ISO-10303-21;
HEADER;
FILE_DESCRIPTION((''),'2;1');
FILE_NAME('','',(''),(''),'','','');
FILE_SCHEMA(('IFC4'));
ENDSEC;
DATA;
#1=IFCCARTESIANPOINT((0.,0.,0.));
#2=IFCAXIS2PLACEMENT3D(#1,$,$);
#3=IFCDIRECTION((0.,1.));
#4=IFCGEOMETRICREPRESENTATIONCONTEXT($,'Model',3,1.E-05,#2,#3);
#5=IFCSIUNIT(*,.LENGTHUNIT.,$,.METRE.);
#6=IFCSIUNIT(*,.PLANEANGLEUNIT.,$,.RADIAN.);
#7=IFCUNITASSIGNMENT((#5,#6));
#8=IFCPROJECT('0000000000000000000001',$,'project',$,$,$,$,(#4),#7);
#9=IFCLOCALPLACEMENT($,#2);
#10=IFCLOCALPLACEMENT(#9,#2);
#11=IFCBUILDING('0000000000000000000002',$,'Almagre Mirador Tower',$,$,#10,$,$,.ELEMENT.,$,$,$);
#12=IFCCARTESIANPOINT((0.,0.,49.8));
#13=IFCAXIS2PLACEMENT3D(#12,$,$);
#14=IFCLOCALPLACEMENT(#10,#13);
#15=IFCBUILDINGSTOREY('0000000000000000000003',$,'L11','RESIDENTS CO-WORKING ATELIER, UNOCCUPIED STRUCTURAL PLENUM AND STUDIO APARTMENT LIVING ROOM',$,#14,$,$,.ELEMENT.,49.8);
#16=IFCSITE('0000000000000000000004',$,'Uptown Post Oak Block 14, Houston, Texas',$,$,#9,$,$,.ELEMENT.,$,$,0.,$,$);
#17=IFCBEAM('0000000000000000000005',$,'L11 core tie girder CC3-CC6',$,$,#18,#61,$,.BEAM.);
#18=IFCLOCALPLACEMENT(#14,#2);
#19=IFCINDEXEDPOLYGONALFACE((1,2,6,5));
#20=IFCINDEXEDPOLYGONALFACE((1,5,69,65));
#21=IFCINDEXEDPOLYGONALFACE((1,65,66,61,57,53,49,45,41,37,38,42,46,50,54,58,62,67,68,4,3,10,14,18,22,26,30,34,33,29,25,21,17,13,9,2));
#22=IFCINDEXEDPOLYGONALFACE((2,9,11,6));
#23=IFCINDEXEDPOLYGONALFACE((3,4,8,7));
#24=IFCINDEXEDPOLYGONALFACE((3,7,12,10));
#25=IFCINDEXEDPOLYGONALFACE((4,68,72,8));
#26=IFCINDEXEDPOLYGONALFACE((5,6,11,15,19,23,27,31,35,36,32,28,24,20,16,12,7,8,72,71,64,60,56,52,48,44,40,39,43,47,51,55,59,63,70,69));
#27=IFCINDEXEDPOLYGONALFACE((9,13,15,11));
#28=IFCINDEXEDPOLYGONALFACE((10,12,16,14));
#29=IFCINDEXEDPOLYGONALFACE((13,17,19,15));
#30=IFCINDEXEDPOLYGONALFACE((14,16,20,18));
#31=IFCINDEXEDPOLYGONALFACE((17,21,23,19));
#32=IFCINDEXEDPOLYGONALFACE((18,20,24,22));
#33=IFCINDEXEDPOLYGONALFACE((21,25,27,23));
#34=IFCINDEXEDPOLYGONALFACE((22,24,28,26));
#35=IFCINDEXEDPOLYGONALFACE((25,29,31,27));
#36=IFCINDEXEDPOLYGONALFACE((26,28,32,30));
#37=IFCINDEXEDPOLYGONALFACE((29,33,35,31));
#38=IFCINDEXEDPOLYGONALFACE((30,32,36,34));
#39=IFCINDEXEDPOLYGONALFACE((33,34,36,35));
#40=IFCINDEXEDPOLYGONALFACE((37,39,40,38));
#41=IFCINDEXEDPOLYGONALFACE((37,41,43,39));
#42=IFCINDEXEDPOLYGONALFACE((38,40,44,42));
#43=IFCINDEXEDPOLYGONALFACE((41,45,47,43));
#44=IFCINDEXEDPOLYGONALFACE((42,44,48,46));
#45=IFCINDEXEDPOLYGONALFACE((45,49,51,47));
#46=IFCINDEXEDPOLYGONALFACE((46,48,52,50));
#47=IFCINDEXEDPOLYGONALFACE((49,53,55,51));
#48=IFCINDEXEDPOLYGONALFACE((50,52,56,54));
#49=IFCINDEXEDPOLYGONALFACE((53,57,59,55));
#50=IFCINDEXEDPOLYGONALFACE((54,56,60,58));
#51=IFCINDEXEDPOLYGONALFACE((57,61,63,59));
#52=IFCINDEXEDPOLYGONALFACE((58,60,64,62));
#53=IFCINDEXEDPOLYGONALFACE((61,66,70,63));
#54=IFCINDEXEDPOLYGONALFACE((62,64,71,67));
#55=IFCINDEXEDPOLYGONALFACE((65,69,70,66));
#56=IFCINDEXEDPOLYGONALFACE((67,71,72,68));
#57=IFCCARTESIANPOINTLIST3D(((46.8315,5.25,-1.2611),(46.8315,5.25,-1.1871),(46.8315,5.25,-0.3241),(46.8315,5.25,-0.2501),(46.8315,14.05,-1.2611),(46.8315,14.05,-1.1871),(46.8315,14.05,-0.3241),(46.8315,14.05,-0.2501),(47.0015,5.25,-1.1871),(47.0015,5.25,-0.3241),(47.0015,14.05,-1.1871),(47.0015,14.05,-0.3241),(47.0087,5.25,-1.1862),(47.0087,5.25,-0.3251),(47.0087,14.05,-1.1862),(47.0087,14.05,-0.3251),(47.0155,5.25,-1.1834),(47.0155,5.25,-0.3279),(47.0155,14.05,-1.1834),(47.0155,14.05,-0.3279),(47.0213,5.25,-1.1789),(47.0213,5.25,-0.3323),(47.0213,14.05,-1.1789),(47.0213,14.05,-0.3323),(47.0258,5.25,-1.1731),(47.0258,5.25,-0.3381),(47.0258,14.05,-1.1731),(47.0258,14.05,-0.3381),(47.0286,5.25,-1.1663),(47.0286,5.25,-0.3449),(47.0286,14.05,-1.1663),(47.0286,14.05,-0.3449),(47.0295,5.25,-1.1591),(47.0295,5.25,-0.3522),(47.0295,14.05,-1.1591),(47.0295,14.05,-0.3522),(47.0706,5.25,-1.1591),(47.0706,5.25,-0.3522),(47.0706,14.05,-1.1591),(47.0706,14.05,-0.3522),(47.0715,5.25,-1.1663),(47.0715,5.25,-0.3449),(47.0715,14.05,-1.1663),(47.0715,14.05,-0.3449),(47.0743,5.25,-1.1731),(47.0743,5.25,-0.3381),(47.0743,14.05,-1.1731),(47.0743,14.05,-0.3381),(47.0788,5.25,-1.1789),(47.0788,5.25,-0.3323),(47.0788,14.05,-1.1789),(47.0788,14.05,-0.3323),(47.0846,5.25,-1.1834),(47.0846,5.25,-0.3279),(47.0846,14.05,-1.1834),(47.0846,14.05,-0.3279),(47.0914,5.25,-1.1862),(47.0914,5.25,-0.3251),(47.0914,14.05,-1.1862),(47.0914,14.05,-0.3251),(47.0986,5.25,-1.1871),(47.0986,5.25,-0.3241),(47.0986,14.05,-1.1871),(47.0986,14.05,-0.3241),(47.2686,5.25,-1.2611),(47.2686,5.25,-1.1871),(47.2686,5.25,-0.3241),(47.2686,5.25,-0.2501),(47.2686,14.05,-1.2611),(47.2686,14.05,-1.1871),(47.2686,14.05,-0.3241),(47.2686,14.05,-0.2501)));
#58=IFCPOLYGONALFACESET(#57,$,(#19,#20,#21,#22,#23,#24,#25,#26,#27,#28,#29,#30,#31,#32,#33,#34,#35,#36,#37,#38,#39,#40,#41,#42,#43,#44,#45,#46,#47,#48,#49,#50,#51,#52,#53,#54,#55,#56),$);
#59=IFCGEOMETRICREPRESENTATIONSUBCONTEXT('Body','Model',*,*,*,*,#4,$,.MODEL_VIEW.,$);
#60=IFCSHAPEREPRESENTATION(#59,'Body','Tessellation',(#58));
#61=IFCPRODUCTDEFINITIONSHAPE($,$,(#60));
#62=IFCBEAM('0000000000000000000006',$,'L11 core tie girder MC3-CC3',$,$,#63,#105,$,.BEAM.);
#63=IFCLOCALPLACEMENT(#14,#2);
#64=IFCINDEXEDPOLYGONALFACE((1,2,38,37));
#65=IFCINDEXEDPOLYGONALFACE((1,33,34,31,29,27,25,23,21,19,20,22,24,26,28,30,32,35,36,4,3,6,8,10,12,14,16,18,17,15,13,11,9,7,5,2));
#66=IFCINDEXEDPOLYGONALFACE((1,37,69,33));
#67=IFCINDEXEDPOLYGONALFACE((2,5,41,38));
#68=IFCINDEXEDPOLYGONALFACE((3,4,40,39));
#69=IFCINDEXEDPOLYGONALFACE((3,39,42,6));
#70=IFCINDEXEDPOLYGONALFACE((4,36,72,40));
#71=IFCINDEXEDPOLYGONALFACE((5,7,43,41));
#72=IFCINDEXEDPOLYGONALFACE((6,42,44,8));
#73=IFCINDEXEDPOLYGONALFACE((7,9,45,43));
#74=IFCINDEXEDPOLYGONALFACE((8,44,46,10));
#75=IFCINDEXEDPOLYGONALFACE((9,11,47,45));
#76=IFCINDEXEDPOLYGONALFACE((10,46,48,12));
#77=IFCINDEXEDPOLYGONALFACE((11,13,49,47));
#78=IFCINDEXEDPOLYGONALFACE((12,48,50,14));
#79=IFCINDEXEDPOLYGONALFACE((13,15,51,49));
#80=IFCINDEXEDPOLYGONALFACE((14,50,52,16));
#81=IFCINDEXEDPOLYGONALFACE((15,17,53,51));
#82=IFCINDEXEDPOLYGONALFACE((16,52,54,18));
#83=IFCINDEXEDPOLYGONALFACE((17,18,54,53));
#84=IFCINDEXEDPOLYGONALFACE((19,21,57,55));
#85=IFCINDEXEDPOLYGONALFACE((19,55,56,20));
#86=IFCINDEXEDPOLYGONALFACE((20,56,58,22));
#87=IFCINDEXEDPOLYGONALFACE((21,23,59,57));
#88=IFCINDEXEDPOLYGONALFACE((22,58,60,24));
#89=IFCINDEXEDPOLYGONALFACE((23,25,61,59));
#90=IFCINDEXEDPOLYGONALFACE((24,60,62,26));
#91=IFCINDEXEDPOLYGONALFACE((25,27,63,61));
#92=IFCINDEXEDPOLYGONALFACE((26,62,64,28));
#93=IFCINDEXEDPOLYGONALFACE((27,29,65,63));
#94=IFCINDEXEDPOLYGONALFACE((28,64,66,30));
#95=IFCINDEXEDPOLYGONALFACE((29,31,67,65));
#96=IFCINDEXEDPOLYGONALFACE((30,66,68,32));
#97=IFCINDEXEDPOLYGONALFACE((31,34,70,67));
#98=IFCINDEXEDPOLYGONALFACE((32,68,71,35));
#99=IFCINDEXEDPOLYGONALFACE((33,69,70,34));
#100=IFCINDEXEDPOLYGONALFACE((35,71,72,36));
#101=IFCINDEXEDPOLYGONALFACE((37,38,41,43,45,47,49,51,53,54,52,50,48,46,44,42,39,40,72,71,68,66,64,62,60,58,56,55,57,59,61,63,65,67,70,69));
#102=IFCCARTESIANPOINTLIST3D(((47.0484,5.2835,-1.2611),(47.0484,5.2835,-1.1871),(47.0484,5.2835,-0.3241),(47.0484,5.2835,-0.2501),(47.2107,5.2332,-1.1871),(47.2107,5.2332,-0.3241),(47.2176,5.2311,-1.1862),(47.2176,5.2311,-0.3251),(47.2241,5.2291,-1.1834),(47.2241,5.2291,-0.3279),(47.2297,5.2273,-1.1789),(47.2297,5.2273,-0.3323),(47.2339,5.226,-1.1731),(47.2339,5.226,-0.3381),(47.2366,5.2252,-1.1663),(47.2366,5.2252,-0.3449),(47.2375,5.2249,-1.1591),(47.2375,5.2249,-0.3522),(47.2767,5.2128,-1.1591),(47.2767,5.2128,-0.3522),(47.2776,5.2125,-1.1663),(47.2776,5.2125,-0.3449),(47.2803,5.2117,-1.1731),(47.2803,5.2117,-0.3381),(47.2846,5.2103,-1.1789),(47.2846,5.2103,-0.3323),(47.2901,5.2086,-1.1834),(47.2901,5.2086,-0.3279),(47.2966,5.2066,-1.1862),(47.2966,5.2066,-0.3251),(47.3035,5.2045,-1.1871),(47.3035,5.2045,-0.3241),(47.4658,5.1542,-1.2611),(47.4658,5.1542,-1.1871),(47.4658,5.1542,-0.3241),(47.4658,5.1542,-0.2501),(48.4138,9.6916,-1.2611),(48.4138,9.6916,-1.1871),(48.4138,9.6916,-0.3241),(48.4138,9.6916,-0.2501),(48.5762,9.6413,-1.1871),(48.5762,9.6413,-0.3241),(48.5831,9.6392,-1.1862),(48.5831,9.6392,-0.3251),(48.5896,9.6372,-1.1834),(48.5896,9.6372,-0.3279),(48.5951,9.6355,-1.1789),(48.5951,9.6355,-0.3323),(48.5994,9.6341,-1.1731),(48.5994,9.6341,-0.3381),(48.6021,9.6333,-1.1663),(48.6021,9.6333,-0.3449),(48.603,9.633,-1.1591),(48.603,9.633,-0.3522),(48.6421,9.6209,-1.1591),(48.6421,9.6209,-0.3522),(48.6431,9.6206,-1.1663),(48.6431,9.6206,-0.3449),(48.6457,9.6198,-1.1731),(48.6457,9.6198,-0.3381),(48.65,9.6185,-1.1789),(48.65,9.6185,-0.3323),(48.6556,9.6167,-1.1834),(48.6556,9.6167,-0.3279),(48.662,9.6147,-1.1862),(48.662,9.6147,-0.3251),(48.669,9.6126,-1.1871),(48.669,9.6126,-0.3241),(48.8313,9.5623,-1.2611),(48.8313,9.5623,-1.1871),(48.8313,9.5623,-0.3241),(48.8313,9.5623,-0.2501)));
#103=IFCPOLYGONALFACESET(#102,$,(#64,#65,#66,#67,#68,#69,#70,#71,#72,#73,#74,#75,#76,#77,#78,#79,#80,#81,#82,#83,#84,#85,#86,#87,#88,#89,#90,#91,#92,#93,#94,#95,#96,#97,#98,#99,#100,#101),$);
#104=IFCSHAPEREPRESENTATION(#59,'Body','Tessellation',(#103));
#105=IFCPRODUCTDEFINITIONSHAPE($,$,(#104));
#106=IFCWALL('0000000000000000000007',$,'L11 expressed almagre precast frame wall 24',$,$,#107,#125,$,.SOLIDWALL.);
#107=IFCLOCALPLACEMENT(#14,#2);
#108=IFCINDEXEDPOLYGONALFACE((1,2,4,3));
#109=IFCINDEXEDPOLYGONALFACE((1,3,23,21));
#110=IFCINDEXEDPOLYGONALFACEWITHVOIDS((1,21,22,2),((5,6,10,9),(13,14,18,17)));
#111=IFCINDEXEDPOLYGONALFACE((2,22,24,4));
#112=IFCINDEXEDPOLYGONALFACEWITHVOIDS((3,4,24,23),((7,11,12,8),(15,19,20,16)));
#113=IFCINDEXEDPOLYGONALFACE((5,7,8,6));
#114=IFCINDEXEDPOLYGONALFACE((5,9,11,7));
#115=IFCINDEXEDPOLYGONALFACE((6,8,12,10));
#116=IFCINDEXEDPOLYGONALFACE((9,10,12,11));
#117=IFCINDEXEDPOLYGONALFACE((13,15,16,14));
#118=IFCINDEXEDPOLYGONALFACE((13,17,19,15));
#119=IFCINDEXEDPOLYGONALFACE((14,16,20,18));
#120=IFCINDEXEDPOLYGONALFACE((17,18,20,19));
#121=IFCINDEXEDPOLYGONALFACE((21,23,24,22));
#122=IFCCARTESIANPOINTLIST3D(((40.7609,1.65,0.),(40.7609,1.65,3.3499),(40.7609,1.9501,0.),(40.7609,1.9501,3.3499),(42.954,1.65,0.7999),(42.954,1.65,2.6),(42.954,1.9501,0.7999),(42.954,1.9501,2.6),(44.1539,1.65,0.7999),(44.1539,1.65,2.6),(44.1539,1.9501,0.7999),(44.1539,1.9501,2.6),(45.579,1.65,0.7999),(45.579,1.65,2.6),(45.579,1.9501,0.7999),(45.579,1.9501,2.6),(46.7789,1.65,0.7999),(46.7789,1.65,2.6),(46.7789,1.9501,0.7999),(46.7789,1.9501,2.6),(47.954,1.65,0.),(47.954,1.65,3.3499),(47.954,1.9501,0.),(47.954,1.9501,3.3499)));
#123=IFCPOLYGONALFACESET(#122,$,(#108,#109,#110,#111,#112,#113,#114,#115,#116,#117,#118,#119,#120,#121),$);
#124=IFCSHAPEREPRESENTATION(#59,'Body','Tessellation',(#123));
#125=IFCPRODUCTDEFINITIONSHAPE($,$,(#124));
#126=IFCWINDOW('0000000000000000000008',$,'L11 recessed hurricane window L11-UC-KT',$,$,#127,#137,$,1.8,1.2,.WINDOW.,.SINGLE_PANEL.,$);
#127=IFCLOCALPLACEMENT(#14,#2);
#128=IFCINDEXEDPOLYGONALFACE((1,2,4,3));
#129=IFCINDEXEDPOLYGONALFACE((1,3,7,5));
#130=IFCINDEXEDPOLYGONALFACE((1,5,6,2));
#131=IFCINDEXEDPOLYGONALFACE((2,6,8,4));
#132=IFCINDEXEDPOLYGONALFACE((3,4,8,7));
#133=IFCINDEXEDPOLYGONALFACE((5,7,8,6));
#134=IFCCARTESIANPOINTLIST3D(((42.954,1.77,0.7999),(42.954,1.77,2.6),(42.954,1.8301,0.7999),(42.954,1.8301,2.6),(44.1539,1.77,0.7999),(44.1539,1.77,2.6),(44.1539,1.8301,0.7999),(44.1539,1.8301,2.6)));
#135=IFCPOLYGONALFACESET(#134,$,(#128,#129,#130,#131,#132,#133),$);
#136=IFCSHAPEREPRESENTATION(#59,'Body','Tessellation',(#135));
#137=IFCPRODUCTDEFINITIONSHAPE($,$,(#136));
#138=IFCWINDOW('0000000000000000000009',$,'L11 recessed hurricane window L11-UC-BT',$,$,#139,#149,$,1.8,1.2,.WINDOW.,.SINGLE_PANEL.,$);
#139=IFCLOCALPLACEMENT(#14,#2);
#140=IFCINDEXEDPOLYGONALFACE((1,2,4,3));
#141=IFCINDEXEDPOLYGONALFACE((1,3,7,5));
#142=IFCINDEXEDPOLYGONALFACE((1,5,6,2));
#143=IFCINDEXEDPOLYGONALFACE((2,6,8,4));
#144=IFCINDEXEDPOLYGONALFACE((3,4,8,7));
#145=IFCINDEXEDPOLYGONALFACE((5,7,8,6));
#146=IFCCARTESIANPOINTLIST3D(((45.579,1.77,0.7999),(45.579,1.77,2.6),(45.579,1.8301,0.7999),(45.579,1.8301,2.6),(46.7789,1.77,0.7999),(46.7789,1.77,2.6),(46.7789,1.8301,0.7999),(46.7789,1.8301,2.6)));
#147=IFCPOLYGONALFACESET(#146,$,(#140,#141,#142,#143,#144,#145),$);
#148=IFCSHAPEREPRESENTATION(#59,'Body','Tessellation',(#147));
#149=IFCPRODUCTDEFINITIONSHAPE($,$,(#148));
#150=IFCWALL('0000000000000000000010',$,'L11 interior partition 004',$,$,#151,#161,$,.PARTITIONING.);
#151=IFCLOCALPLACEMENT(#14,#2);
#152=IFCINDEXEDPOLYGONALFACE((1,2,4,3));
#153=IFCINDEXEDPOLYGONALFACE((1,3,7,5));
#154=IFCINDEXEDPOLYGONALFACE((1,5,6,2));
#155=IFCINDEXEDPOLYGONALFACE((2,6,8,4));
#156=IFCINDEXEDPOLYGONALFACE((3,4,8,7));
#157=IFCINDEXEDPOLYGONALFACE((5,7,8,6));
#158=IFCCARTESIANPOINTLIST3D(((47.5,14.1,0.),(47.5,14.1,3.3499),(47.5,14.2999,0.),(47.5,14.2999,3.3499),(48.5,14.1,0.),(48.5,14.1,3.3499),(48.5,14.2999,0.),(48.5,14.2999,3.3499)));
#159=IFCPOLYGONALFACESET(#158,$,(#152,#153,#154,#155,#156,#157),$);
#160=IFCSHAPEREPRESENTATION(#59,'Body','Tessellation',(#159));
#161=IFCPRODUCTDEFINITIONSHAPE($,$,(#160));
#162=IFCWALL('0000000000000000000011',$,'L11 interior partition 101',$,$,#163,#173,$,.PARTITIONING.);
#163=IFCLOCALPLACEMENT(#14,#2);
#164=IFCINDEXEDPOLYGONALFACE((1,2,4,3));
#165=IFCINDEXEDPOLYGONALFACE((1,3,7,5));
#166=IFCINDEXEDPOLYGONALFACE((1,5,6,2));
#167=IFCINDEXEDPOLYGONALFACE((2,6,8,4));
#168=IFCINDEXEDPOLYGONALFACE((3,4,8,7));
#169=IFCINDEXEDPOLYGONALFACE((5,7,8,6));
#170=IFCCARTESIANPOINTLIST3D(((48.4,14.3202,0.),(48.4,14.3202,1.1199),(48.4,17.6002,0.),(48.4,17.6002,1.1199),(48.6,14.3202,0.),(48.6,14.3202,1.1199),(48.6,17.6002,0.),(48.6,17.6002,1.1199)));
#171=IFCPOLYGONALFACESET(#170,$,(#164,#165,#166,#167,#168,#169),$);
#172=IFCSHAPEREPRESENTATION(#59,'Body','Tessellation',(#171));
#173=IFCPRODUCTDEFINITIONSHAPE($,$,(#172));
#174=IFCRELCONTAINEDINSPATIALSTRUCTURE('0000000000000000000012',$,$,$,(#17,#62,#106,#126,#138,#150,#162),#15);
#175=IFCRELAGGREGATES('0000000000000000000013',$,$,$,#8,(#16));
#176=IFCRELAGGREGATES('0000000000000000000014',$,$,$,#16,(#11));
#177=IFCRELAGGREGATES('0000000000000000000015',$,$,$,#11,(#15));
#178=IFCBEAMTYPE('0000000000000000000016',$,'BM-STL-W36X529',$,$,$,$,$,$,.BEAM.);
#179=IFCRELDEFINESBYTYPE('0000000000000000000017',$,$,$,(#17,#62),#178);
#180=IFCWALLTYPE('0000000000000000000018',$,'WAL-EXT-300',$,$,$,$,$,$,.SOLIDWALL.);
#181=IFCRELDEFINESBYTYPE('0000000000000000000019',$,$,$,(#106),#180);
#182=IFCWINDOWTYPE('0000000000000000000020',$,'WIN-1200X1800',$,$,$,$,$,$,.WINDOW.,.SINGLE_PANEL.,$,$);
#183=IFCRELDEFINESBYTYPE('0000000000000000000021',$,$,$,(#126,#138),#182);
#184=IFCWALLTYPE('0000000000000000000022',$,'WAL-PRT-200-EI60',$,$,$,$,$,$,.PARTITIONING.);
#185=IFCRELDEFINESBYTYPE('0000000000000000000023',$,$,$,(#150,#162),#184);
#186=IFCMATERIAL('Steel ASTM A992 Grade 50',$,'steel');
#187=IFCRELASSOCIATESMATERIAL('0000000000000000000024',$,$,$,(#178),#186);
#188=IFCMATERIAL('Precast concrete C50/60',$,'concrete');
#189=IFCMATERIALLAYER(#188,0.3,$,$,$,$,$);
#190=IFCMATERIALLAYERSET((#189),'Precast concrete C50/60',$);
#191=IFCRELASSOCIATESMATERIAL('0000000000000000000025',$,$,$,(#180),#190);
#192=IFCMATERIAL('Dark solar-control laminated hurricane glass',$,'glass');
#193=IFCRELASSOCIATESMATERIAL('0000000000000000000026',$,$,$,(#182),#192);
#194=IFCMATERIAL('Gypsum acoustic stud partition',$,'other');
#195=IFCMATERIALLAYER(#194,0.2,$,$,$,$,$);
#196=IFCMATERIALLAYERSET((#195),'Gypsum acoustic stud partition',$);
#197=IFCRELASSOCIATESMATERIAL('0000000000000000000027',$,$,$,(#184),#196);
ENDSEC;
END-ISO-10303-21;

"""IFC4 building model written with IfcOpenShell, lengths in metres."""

from ifc_helpers import new_model, si_unit, direction, frame, frame_2d, origin, origin_2d, place, context, subcontext, project, spatial, rectangle, i_section, extrude, material, layer, layer_set, material_profile, profile_set, type_object, element, fill, save


model = new_model("IFC4")

# Units and contexts
model_context = context("Model", 3, precision=1e-05, world=origin(), true_north=direction((0.0, 1.0)))
body_context = subcontext(model_context, "Body", "Model", "MODEL_VIEW")
ifc_project = project(units=[si_unit("LENGTHUNIT", "METRE"), si_unit("PLANEANGLEUNIT", "RADIAN")], contexts=[model_context])

# Site, building, storey
site_placement = place(None, origin())
site = spatial("IfcSite", under=ifc_project, at=site_placement, Name="Uptown Post Oak Block 14, Houston, Texas", CompositionType="ELEMENT", RefElevation=0.0)
building_placement = place(site_placement, origin())
building = spatial("IfcBuilding", under=site, at=building_placement, Name="Almagre Mirador Tower", CompositionType="ELEMENT")
storey_placement = place(building_placement, frame((0.0, 0.0, 49.8)))
storey = spatial("IfcBuildingStorey", under=building, at=storey_placement, Name="L11", Description="RESIDENTS CO-WORKING ATELIER, UNOCCUPIED STRUCTURAL PLENUM AND STUDIO APARTMENT LIVING ROOM", CompositionType="ELEMENT", Elevation=49.8)

# Beams
ifc_material_1 = material(Name="Steel ASTM A992 Grade 50", Category="steel")
ifc_material_profile_1 = material_profile(ifc_material_1, i_section(OverallWidth=0.437, OverallDepth=1.011, WebThickness=0.041, FlangeThickness=0.074, FilletRadius=0.0281, at=origin_2d()), Name="W36X529")
ifc_profile_set_1 = profile_set([ifc_material_profile_1], Name="Steel ASTM A992 Grade 50")
beam_type_1 = type_object("IfcBeamType", Name="BM-STL-W36X529", PredefinedType="BEAM", material=ifc_profile_set_1)
beam_1_placement = place(storey_placement, frame((47.05, 5.25, -0.7556), z_axis=(0.0, 1.0, 0.0), x_axis=(-1.0, 0.0, 0.0)))
element("IfcBeam", 1, at=beam_1_placement, inside=storey, type_object=beam_type_1, Name="L11 core tie girder CC3-CC6", PredefinedType="BEAM", context=body_context, shape_type="SweptSolid", body=[
    extrude(i_section(OverallWidth=0.437, OverallDepth=1.011, WebThickness=0.041, FlangeThickness=0.074, FilletRadius=0.0281, at=origin_2d()), origin(), (0.0, 0.0, 1.0), 8.8),
])
beam_2_placement = place(storey_placement, frame((48.6226, 9.627, -0.7556), z_axis=(-0.295888, -0.955223, 0.0), x_axis=(0.955223, -0.295888, 0.0)))
element("IfcBeam", 2, at=beam_2_placement, inside=storey, type_object=beam_type_1, Name="L11 core tie girder MC3-CC3", PredefinedType="BEAM", context=body_context, shape_type="SweptSolid", body=[
    extrude(i_section(OverallWidth=0.437, OverallDepth=1.011, WebThickness=0.041, FlangeThickness=0.074, FilletRadius=0.0281, at=origin_2d()), origin(), (0.0, 0.0, 1.0), 4.6147),
])

# Wall, openings, windows
ifc_material_2 = material(Name="Precast concrete C50/60", Category="concrete")
ifc_layer_1 = layer(ifc_material_2, 0.3)
ifc_layer_set_1 = layer_set([ifc_layer_1], Name="Precast concrete C50/60")
wall_type_1 = type_object("IfcWallType", Name="WAL-EXT-300", PredefinedType="SOLIDWALL", material=ifc_layer_set_1)
wall_1_placement = place(storey_placement, frame((47.9541, 1.8, 0.0), z_axis=(0.0, 0.0, 1.0), x_axis=(-1.0, 0.0, 0.0)))
wall_1 = element("IfcWall", 3, at=wall_1_placement, inside=storey, type_object=wall_type_1, Name="L11 expressed almagre precast frame wall 24", PredefinedType="SOLIDWALL", context=body_context, shape_type="SweptSolid", body=[
    extrude(rectangle(XDim=7.1931, YDim=0.3, at=frame_2d((3.5967, 0.0))), origin(), (0.0, 0.0, 1.0), 3.3499),
])
opening_1_placement = place(wall_1_placement, frame((3.8, 0.0, 0.8)))
opening_1 = element("IfcOpeningElement", 4, at=opening_1_placement, cuts=wall_1, PredefinedType="OPENING", context=body_context, shape_type="SweptSolid", body=[
    extrude(rectangle(XDim=1.2, YDim=1.8, at=frame_2d((0.6001, 0.8999))), frame((0.0, 0.1599, 0.0), z_axis=(0.0, -1.0, 0.0), x_axis=(1.0, 0.0, 0.0)), (0.0, 0.0, 1.0), 0.32),
])
opening_2_placement = place(wall_1_placement, frame((1.175, 0.0, 0.8)))
opening_2 = element("IfcOpeningElement", 5, at=opening_2_placement, cuts=wall_1, PredefinedType="OPENING", context=body_context, shape_type="SweptSolid", body=[
    extrude(rectangle(XDim=1.2, YDim=1.8, at=frame_2d((0.6001, 0.8999))), frame((0.0, 0.1599, 0.0), z_axis=(0.0, -1.0, 0.0), x_axis=(1.0, 0.0, 0.0)), (0.0, 0.0, 1.0), 0.32),
])
ifc_material_3 = material(Name="Dark solar-control laminated hurricane glass", Category="glass")
window_type = type_object("IfcWindowType", Name="WIN-1200X1800", PartitioningType="SINGLE_PANEL", PredefinedType="WINDOW", material=ifc_material_3)
window_1_placement = place(opening_1_placement, origin())
window_1 = element("IfcWindow", 6, at=window_1_placement, inside=storey, type_object=window_type, Name="L11 recessed hurricane window L11-UC-KT", OverallHeight=1.8, OverallWidth=1.2, PartitioningType="SINGLE_PANEL", PredefinedType="WINDOW", context=body_context, shape_type="SweptSolid", body=[
    extrude(rectangle(XDim=1.2, YDim=1.8, at=frame_2d((0.6001, 0.8999))), frame((0.0, 0.03, 0.0), z_axis=(0.0, -1.0, 0.0), x_axis=(1.0, 0.0, 0.0)), (0.0, 0.0, 1.0), 0.0601),
])
fill(opening_1, window_1)
window_2_placement = place(opening_2_placement, origin())
window_2 = element("IfcWindow", 7, at=window_2_placement, inside=storey, type_object=window_type, Name="L11 recessed hurricane window L11-UC-BT", OverallHeight=1.8, OverallWidth=1.2, PartitioningType="SINGLE_PANEL", PredefinedType="WINDOW", context=body_context, shape_type="SweptSolid", body=[
    extrude(rectangle(XDim=1.2, YDim=1.8, at=frame_2d((0.6001, 0.8999))), frame((0.0, 0.03, 0.0), z_axis=(0.0, -1.0, 0.0), x_axis=(1.0, 0.0, 0.0)), (0.0, 0.0, 1.0), 0.0601),
])
fill(opening_2, window_2)

# Walls
ifc_material_4 = material(Name="Gypsum acoustic stud partition", Category="other")
ifc_layer_2 = layer(ifc_material_4, 0.2)
ifc_layer_set_2 = layer_set([ifc_layer_2], Name="Gypsum acoustic stud partition")
wall_type_2 = type_object("IfcWallType", Name="WAL-PRT-200-EI60", PredefinedType="PARTITIONING", material=ifc_layer_set_2)
wall_2_placement = place(storey_placement, frame((47.5, 14.2, 0.0), z_axis=(0.0, 0.0, 1.0), x_axis=(1.0, 0.0, 0.0)))
element("IfcWall", 8, at=wall_2_placement, inside=storey, type_object=wall_type_2, Name="L11 interior partition 004", PredefinedType="PARTITIONING", context=body_context, shape_type="SweptSolid", body=[
    extrude(rectangle(XDim=1.0, YDim=0.2, at=frame_2d((0.5, 0.0))), origin(), (0.0, 0.0, 1.0), 3.3499),
])
wall_3_placement = place(storey_placement, frame((48.5, 14.3201, 0.0), z_axis=(0.0, 0.0, 1.0), x_axis=(0.0, 1.0, 0.0)))
element("IfcWall", 9, at=wall_3_placement, inside=storey, type_object=wall_type_2, Name="L11 interior partition 101", PredefinedType="PARTITIONING", context=body_context, shape_type="SweptSolid", body=[
    extrude(rectangle(XDim=3.28, YDim=0.2, at=frame_2d((1.6401, 0.0))), origin(), (0.0, 0.0, 1.0), 1.1199),
])

save(model, "model.ifc")
